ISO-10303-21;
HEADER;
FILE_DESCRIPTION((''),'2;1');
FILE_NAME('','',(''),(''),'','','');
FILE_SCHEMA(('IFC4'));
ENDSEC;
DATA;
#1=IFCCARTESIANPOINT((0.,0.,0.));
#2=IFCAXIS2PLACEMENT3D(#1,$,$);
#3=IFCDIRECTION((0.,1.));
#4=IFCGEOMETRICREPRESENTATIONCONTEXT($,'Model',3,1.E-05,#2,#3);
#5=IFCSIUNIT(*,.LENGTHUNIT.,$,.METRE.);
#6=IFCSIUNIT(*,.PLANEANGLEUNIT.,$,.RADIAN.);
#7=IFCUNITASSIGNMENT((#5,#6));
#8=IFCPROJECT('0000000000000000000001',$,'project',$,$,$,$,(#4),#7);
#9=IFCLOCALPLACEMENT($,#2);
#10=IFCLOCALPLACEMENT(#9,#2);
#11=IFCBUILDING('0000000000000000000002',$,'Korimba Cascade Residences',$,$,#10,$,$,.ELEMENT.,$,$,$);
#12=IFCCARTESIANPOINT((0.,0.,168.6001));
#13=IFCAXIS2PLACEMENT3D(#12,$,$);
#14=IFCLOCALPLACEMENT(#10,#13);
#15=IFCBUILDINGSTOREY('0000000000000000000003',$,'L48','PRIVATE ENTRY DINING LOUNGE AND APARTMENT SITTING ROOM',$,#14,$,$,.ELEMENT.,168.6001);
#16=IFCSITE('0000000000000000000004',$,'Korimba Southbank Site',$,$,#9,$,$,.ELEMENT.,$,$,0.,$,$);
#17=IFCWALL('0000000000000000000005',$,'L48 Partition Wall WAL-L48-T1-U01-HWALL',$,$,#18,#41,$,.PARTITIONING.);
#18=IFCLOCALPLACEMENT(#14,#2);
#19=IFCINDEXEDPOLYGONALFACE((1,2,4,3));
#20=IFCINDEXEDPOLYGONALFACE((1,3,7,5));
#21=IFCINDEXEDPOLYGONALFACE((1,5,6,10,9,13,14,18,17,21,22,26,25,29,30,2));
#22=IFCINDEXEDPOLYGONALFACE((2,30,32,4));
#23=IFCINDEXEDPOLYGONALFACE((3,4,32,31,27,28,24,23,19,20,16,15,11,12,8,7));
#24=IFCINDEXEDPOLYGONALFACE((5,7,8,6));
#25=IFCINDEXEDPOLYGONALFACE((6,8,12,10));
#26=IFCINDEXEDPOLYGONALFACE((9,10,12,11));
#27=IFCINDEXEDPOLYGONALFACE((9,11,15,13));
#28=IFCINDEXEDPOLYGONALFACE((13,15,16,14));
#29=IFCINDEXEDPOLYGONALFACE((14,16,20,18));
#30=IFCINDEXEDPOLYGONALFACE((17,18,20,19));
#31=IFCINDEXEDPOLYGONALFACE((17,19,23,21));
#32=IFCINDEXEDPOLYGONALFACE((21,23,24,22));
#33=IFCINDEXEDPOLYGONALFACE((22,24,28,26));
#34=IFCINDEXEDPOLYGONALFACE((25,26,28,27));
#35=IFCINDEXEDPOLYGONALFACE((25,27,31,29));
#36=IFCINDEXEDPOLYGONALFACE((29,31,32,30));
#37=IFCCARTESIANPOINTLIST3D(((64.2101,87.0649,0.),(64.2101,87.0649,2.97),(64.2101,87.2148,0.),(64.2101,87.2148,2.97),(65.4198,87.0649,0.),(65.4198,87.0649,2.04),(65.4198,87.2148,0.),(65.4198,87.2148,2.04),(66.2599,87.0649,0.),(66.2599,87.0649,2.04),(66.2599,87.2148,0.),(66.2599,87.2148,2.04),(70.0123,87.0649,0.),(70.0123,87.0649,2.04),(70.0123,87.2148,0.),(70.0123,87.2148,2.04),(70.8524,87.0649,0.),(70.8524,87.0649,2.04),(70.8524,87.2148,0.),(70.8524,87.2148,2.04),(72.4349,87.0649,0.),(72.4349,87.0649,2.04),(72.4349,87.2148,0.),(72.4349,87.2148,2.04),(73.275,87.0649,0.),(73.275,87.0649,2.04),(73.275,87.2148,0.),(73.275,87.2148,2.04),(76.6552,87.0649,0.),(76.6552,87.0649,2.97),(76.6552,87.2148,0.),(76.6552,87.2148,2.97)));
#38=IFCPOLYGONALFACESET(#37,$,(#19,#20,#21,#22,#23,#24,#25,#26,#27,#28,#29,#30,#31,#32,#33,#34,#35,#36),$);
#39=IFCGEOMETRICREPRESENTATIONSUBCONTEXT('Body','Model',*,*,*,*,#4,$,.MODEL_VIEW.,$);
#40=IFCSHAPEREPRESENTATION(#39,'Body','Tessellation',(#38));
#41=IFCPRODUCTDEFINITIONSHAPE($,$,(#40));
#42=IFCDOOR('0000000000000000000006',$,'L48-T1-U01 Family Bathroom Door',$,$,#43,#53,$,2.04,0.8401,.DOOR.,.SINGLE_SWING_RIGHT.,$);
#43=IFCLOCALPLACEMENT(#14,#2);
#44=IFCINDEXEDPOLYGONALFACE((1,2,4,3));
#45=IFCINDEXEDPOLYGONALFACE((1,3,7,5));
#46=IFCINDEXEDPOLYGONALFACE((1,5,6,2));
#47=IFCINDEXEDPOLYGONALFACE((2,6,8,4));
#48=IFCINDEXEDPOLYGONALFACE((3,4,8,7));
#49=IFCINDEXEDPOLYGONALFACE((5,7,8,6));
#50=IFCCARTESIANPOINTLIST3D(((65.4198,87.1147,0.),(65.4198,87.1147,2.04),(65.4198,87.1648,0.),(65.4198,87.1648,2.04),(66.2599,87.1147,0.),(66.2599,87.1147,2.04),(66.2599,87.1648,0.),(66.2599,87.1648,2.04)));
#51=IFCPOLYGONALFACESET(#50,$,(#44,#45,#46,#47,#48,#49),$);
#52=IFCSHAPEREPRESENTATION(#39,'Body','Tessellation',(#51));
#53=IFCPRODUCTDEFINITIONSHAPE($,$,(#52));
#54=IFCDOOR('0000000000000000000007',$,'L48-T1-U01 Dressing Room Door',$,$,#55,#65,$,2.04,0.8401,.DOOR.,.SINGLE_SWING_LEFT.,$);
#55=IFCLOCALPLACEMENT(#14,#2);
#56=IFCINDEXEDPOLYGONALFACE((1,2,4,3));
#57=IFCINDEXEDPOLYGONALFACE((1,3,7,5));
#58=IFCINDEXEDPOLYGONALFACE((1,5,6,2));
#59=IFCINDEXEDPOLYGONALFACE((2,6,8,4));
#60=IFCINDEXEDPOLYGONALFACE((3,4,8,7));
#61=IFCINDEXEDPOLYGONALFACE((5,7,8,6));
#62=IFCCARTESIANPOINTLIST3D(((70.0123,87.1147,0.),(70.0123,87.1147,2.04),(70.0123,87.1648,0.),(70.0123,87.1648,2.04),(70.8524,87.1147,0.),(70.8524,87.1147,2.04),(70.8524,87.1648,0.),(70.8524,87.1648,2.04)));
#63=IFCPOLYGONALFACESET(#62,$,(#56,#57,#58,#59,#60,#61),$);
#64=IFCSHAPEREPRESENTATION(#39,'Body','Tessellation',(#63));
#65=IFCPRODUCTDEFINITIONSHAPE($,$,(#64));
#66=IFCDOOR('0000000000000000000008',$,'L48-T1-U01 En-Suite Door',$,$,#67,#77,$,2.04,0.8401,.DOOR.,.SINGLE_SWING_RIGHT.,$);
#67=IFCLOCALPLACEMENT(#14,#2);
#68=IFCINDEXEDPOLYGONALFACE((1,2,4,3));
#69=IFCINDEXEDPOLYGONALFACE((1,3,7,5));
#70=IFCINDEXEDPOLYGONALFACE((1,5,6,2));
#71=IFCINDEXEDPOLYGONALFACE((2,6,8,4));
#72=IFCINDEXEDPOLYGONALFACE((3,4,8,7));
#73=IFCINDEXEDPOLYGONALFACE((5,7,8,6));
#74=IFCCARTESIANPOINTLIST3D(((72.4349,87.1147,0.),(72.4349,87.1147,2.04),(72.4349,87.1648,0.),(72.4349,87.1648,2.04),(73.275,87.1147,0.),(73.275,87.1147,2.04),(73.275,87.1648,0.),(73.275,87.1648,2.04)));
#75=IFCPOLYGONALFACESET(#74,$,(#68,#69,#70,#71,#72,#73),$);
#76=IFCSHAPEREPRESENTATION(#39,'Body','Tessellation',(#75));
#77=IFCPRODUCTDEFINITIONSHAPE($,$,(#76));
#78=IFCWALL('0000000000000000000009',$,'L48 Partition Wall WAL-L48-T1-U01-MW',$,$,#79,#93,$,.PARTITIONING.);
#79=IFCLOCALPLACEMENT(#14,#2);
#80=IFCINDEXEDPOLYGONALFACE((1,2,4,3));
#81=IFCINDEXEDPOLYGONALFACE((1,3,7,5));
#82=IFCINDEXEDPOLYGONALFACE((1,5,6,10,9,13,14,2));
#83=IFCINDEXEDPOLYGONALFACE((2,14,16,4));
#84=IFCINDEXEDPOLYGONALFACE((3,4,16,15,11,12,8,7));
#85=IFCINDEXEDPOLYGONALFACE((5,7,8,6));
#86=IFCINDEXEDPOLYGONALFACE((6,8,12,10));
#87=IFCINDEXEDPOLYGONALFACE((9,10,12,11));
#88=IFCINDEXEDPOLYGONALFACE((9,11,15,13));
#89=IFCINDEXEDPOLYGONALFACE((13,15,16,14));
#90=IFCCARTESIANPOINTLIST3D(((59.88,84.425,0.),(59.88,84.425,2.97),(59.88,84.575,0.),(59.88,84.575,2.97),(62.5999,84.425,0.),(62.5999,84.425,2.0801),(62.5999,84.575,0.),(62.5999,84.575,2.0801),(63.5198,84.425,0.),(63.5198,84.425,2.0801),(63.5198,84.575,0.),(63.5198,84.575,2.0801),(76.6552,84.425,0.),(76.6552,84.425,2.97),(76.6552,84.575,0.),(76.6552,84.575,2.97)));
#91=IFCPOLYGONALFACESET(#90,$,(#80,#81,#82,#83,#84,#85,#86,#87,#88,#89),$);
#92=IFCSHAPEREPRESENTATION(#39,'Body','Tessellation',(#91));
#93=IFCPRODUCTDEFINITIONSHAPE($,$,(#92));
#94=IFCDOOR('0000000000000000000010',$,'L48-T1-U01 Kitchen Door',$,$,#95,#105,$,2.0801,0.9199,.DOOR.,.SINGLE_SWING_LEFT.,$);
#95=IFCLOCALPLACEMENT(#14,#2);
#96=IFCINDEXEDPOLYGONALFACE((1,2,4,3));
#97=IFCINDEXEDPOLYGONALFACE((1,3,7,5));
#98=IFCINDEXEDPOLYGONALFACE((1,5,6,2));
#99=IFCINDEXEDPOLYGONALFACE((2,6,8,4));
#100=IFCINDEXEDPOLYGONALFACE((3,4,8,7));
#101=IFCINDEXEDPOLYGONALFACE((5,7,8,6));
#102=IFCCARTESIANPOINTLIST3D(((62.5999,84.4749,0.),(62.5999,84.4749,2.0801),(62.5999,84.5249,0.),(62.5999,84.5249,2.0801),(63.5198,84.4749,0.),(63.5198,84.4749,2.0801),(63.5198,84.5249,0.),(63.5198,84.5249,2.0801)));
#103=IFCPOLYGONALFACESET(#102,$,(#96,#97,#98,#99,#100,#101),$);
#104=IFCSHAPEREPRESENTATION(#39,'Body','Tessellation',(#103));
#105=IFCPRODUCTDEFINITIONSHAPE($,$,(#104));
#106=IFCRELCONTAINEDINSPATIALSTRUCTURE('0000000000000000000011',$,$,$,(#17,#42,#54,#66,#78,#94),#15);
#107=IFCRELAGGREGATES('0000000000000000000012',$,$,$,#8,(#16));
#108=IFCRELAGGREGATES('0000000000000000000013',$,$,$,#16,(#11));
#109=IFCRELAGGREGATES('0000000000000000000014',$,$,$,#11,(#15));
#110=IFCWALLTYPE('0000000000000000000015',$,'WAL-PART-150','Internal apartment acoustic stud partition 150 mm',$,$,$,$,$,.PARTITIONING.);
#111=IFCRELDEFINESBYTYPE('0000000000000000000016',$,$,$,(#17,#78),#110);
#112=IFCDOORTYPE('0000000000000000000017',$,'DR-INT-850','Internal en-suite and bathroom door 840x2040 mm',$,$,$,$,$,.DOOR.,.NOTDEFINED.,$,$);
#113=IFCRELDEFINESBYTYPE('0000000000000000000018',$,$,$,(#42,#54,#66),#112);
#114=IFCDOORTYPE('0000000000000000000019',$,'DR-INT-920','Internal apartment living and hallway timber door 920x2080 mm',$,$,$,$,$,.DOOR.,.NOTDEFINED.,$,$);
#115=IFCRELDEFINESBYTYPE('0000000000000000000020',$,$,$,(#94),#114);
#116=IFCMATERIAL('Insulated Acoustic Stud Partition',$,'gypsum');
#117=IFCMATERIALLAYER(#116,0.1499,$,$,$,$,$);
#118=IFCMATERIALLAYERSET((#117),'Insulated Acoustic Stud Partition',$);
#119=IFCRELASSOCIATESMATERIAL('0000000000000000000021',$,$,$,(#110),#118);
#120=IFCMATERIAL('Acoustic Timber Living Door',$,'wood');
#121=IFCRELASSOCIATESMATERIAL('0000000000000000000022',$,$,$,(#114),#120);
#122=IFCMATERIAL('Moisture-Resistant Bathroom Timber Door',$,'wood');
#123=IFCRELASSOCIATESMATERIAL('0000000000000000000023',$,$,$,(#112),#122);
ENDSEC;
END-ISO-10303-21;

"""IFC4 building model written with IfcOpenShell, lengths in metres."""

from ifc_helpers import new_model, si_unit, direction, frame, frame_2d, origin, place, context, subcontext, project, spatial, rectangle, extrude, material, layer, layer_set, type_object, element, fill, save


model = new_model("IFC4")

# Units and contexts
model_context = context("Model", 3, precision=1e-05, world=origin(), true_north=direction((0.0, 1.0)))
body_context = subcontext(model_context, "Body", "Model", "MODEL_VIEW")
ifc_project = project(units=[si_unit("LENGTHUNIT", "METRE"), si_unit("PLANEANGLEUNIT", "RADIAN")], contexts=[model_context])

# Site, building, storey
site_placement = place(None, origin())
site = spatial("IfcSite", under=ifc_project, at=site_placement, Name="Korimba Southbank Site", CompositionType="ELEMENT", RefElevation=0.0)
building_placement = place(site_placement, origin())
building = spatial("IfcBuilding", under=site, at=building_placement, Name="Korimba Cascade Residences", CompositionType="ELEMENT")
storey_placement = place(building_placement, frame((0.0, 0.0, 168.6001)))
storey = spatial("IfcBuildingStorey", under=building, at=storey_placement, Name="L48", Description="PRIVATE ENTRY DINING LOUNGE AND APARTMENT SITTING ROOM", CompositionType="ELEMENT", Elevation=168.6001)

# Shared definitions
ifc_material_1 = material(Name="Insulated Acoustic Stud Partition", Category="gypsum")
ifc_layer_1 = layer(ifc_material_1, 0.1499)
ifc_layer_set_1 = layer_set([ifc_layer_1], Name="Insulated Acoustic Stud Partition")
wall_type_1 = type_object("IfcWallType", Name="WAL-PART-150", Description="Internal apartment acoustic stud partition 150 mm", PredefinedType="PARTITIONING", material=ifc_layer_set_1)

# Shared definitions
ifc_material_2 = material(Name="Acoustic Timber Living Door", Category="wood")
door_type_1 = type_object("IfcDoorType", Name="DR-INT-920", Description="Internal apartment living and hallway timber door 920x2080 mm", OperationType="NOTDEFINED", PredefinedType="DOOR", material=ifc_material_2)

# Wall, openings, doors
wall_1_placement = place(storey_placement, frame((64.21, 87.1399, 0.0), z_axis=(0.0, 0.0, 1.0), x_axis=(1.0, 0.0, 0.0)))
wall_1 = element("IfcWall", 1, at=wall_1_placement, inside=storey, type_object=wall_type_1, Name="L48 Partition Wall WAL-L48-T1-U01-HWALL", PredefinedType="PARTITIONING", context=body_context, shape_type="SweptSolid", body=[
    extrude(rectangle(XDim=12.4451, YDim=0.1499, at=frame_2d((6.2227, 0.0))), origin(), (0.0, 0.0, 1.0), 2.97),
])
opening_1_placement = place(wall_1_placement, frame((1.21, 0.0, 0.0)))
opening_1 = element("IfcOpeningElement", 2, at=opening_1_placement, cuts=wall_1, PredefinedType="OPENING", context=body_context, shape_type="SweptSolid", body=[
    extrude(rectangle(XDim=0.8401, YDim=2.04, at=frame_2d((0.4199, 1.02))), frame((0.0, 0.085, 0.0), z_axis=(0.0, -1.0, 0.0), x_axis=(1.0, 0.0, 0.0)), (0.0, 0.0, 1.0), 0.1699),
])
opening_2_placement = place(wall_1_placement, frame((5.8025, 0.0, 0.0)))
opening_2 = element("IfcOpeningElement", 3, at=opening_2_placement, cuts=wall_1, PredefinedType="OPENING", context=body_context, shape_type="SweptSolid", body=[
    extrude(rectangle(XDim=0.8401, YDim=2.04, at=frame_2d((0.4199, 1.02))), frame((0.0, 0.085, 0.0), z_axis=(0.0, -1.0, 0.0), x_axis=(1.0, 0.0, 0.0)), (0.0, 0.0, 1.0), 0.1699),
])
opening_3_placement = place(wall_1_placement, frame((8.2251, 0.0, 0.0)))
opening_3 = element("IfcOpeningElement", 4, at=opening_3_placement, cuts=wall_1, PredefinedType="OPENING", context=body_context, shape_type="SweptSolid", body=[
    extrude(rectangle(XDim=0.8401, YDim=2.04, at=frame_2d((0.4199, 1.02))), frame((0.0, 0.085, 0.0), z_axis=(0.0, -1.0, 0.0), x_axis=(1.0, 0.0, 0.0)), (0.0, 0.0, 1.0), 0.1699),
])
ifc_material_3 = material(Name="Moisture-Resistant Bathroom Timber Door", Category="wood")
door_type_2 = type_object("IfcDoorType", Name="DR-INT-850", Description="Internal en-suite and bathroom door 840x2040 mm", OperationType="NOTDEFINED", PredefinedType="DOOR", material=ifc_material_3)
door_1_placement = place(opening_1_placement, origin())
door_1 = element("IfcDoor", 5, at=door_1_placement, inside=storey, type_object=door_type_2, Name="L48-T1-U01 Family Bathroom Door", OperationType="SINGLE_SWING_RIGHT", OverallHeight=2.04, OverallWidth=0.8401, PredefinedType="DOOR", context=body_context, shape_type="SweptSolid", body=[
    extrude(rectangle(XDim=0.8401, YDim=2.04, at=frame_2d((0.4199, 1.02))), frame((0.0, 0.0249, 0.0), z_axis=(0.0, -1.0, 0.0), x_axis=(1.0, 0.0, 0.0)), (0.0, 0.0, 1.0), 0.05),
])
fill(opening_1, door_1)
door_2_placement = place(opening_2_placement, origin())
door_2 = element("IfcDoor", 6, at=door_2_placement, inside=storey, type_object=door_type_2, Name="L48-T1-U01 Dressing Room Door", OperationType="SINGLE_SWING_LEFT", OverallHeight=2.04, OverallWidth=0.8401, PredefinedType="DOOR", context=body_context, shape_type="SweptSolid", body=[
    extrude(rectangle(XDim=0.8401, YDim=2.04, at=frame_2d((0.4199, 1.02))), frame((0.0, 0.0249, 0.0), z_axis=(0.0, -1.0, 0.0), x_axis=(1.0, 0.0, 0.0)), (0.0, 0.0, 1.0), 0.05),
])
fill(opening_2, door_2)
door_3_placement = place(opening_3_placement, origin())
door_3 = element("IfcDoor", 7, at=door_3_placement, inside=storey, type_object=door_type_2, Name="L48-T1-U01 En-Suite Door", OperationType="SINGLE_SWING_RIGHT", OverallHeight=2.04, OverallWidth=0.8401, PredefinedType="DOOR", context=body_context, shape_type="SweptSolid", body=[
    extrude(rectangle(XDim=0.8401, YDim=2.04, at=frame_2d((0.4199, 1.02))), frame((0.0, 0.0249, 0.0), z_axis=(0.0, -1.0, 0.0), x_axis=(1.0, 0.0, 0.0)), (0.0, 0.0, 1.0), 0.05),
])
fill(opening_3, door_3)

# Wall, opening, door
wall_2_placement = place(storey_placement, frame((59.8799, 84.5, 0.0), z_axis=(0.0, 0.0, 1.0), x_axis=(1.0, 0.0, 0.0)))
wall_2 = element("IfcWall", 8, at=wall_2_placement, inside=storey, type_object=wall_type_1, Name="L48 Partition Wall WAL-L48-T1-U01-MW", PredefinedType="PARTITIONING", context=body_context, shape_type="SweptSolid", body=[
    extrude(rectangle(XDim=16.7751, YDim=0.1499, at=frame_2d((8.3877, 0.0))), origin(), (0.0, 0.0, 1.0), 2.97),
])
opening_4_placement = place(wall_2_placement, frame((2.72, 0.0, 0.0)))
opening_4 = element("IfcOpeningElement", 9, at=opening_4_placement, cuts=wall_2, PredefinedType="OPENING", context=body_context, shape_type="SweptSolid", body=[
    extrude(rectangle(XDim=0.9199, YDim=2.0801, at=frame_2d((0.46, 1.04))), frame((0.0, 0.085, 0.0), z_axis=(0.0, -1.0, 0.0), x_axis=(1.0, 0.0, 0.0)), (0.0, 0.0, 1.0), 0.1699),
])
door_4_placement = place(opening_4_placement, origin())
door_4 = element("IfcDoor", 10, at=door_4_placement, inside=storey, type_object=door_type_1, Name="L48-T1-U01 Kitchen Door", OperationType="SINGLE_SWING_LEFT", OverallHeight=2.0801, OverallWidth=0.9199, PredefinedType="DOOR", context=body_context, shape_type="SweptSolid", body=[
    extrude(rectangle(XDim=0.9199, YDim=2.0801, at=frame_2d((0.46, 1.04))), frame((0.0, 0.0249, 0.0), z_axis=(0.0, -1.0, 0.0), x_axis=(1.0, 0.0, 0.0)), (0.0, 0.0, 1.0), 0.05),
])
fill(opening_4, door_4)

save(model, "model.ifc")
